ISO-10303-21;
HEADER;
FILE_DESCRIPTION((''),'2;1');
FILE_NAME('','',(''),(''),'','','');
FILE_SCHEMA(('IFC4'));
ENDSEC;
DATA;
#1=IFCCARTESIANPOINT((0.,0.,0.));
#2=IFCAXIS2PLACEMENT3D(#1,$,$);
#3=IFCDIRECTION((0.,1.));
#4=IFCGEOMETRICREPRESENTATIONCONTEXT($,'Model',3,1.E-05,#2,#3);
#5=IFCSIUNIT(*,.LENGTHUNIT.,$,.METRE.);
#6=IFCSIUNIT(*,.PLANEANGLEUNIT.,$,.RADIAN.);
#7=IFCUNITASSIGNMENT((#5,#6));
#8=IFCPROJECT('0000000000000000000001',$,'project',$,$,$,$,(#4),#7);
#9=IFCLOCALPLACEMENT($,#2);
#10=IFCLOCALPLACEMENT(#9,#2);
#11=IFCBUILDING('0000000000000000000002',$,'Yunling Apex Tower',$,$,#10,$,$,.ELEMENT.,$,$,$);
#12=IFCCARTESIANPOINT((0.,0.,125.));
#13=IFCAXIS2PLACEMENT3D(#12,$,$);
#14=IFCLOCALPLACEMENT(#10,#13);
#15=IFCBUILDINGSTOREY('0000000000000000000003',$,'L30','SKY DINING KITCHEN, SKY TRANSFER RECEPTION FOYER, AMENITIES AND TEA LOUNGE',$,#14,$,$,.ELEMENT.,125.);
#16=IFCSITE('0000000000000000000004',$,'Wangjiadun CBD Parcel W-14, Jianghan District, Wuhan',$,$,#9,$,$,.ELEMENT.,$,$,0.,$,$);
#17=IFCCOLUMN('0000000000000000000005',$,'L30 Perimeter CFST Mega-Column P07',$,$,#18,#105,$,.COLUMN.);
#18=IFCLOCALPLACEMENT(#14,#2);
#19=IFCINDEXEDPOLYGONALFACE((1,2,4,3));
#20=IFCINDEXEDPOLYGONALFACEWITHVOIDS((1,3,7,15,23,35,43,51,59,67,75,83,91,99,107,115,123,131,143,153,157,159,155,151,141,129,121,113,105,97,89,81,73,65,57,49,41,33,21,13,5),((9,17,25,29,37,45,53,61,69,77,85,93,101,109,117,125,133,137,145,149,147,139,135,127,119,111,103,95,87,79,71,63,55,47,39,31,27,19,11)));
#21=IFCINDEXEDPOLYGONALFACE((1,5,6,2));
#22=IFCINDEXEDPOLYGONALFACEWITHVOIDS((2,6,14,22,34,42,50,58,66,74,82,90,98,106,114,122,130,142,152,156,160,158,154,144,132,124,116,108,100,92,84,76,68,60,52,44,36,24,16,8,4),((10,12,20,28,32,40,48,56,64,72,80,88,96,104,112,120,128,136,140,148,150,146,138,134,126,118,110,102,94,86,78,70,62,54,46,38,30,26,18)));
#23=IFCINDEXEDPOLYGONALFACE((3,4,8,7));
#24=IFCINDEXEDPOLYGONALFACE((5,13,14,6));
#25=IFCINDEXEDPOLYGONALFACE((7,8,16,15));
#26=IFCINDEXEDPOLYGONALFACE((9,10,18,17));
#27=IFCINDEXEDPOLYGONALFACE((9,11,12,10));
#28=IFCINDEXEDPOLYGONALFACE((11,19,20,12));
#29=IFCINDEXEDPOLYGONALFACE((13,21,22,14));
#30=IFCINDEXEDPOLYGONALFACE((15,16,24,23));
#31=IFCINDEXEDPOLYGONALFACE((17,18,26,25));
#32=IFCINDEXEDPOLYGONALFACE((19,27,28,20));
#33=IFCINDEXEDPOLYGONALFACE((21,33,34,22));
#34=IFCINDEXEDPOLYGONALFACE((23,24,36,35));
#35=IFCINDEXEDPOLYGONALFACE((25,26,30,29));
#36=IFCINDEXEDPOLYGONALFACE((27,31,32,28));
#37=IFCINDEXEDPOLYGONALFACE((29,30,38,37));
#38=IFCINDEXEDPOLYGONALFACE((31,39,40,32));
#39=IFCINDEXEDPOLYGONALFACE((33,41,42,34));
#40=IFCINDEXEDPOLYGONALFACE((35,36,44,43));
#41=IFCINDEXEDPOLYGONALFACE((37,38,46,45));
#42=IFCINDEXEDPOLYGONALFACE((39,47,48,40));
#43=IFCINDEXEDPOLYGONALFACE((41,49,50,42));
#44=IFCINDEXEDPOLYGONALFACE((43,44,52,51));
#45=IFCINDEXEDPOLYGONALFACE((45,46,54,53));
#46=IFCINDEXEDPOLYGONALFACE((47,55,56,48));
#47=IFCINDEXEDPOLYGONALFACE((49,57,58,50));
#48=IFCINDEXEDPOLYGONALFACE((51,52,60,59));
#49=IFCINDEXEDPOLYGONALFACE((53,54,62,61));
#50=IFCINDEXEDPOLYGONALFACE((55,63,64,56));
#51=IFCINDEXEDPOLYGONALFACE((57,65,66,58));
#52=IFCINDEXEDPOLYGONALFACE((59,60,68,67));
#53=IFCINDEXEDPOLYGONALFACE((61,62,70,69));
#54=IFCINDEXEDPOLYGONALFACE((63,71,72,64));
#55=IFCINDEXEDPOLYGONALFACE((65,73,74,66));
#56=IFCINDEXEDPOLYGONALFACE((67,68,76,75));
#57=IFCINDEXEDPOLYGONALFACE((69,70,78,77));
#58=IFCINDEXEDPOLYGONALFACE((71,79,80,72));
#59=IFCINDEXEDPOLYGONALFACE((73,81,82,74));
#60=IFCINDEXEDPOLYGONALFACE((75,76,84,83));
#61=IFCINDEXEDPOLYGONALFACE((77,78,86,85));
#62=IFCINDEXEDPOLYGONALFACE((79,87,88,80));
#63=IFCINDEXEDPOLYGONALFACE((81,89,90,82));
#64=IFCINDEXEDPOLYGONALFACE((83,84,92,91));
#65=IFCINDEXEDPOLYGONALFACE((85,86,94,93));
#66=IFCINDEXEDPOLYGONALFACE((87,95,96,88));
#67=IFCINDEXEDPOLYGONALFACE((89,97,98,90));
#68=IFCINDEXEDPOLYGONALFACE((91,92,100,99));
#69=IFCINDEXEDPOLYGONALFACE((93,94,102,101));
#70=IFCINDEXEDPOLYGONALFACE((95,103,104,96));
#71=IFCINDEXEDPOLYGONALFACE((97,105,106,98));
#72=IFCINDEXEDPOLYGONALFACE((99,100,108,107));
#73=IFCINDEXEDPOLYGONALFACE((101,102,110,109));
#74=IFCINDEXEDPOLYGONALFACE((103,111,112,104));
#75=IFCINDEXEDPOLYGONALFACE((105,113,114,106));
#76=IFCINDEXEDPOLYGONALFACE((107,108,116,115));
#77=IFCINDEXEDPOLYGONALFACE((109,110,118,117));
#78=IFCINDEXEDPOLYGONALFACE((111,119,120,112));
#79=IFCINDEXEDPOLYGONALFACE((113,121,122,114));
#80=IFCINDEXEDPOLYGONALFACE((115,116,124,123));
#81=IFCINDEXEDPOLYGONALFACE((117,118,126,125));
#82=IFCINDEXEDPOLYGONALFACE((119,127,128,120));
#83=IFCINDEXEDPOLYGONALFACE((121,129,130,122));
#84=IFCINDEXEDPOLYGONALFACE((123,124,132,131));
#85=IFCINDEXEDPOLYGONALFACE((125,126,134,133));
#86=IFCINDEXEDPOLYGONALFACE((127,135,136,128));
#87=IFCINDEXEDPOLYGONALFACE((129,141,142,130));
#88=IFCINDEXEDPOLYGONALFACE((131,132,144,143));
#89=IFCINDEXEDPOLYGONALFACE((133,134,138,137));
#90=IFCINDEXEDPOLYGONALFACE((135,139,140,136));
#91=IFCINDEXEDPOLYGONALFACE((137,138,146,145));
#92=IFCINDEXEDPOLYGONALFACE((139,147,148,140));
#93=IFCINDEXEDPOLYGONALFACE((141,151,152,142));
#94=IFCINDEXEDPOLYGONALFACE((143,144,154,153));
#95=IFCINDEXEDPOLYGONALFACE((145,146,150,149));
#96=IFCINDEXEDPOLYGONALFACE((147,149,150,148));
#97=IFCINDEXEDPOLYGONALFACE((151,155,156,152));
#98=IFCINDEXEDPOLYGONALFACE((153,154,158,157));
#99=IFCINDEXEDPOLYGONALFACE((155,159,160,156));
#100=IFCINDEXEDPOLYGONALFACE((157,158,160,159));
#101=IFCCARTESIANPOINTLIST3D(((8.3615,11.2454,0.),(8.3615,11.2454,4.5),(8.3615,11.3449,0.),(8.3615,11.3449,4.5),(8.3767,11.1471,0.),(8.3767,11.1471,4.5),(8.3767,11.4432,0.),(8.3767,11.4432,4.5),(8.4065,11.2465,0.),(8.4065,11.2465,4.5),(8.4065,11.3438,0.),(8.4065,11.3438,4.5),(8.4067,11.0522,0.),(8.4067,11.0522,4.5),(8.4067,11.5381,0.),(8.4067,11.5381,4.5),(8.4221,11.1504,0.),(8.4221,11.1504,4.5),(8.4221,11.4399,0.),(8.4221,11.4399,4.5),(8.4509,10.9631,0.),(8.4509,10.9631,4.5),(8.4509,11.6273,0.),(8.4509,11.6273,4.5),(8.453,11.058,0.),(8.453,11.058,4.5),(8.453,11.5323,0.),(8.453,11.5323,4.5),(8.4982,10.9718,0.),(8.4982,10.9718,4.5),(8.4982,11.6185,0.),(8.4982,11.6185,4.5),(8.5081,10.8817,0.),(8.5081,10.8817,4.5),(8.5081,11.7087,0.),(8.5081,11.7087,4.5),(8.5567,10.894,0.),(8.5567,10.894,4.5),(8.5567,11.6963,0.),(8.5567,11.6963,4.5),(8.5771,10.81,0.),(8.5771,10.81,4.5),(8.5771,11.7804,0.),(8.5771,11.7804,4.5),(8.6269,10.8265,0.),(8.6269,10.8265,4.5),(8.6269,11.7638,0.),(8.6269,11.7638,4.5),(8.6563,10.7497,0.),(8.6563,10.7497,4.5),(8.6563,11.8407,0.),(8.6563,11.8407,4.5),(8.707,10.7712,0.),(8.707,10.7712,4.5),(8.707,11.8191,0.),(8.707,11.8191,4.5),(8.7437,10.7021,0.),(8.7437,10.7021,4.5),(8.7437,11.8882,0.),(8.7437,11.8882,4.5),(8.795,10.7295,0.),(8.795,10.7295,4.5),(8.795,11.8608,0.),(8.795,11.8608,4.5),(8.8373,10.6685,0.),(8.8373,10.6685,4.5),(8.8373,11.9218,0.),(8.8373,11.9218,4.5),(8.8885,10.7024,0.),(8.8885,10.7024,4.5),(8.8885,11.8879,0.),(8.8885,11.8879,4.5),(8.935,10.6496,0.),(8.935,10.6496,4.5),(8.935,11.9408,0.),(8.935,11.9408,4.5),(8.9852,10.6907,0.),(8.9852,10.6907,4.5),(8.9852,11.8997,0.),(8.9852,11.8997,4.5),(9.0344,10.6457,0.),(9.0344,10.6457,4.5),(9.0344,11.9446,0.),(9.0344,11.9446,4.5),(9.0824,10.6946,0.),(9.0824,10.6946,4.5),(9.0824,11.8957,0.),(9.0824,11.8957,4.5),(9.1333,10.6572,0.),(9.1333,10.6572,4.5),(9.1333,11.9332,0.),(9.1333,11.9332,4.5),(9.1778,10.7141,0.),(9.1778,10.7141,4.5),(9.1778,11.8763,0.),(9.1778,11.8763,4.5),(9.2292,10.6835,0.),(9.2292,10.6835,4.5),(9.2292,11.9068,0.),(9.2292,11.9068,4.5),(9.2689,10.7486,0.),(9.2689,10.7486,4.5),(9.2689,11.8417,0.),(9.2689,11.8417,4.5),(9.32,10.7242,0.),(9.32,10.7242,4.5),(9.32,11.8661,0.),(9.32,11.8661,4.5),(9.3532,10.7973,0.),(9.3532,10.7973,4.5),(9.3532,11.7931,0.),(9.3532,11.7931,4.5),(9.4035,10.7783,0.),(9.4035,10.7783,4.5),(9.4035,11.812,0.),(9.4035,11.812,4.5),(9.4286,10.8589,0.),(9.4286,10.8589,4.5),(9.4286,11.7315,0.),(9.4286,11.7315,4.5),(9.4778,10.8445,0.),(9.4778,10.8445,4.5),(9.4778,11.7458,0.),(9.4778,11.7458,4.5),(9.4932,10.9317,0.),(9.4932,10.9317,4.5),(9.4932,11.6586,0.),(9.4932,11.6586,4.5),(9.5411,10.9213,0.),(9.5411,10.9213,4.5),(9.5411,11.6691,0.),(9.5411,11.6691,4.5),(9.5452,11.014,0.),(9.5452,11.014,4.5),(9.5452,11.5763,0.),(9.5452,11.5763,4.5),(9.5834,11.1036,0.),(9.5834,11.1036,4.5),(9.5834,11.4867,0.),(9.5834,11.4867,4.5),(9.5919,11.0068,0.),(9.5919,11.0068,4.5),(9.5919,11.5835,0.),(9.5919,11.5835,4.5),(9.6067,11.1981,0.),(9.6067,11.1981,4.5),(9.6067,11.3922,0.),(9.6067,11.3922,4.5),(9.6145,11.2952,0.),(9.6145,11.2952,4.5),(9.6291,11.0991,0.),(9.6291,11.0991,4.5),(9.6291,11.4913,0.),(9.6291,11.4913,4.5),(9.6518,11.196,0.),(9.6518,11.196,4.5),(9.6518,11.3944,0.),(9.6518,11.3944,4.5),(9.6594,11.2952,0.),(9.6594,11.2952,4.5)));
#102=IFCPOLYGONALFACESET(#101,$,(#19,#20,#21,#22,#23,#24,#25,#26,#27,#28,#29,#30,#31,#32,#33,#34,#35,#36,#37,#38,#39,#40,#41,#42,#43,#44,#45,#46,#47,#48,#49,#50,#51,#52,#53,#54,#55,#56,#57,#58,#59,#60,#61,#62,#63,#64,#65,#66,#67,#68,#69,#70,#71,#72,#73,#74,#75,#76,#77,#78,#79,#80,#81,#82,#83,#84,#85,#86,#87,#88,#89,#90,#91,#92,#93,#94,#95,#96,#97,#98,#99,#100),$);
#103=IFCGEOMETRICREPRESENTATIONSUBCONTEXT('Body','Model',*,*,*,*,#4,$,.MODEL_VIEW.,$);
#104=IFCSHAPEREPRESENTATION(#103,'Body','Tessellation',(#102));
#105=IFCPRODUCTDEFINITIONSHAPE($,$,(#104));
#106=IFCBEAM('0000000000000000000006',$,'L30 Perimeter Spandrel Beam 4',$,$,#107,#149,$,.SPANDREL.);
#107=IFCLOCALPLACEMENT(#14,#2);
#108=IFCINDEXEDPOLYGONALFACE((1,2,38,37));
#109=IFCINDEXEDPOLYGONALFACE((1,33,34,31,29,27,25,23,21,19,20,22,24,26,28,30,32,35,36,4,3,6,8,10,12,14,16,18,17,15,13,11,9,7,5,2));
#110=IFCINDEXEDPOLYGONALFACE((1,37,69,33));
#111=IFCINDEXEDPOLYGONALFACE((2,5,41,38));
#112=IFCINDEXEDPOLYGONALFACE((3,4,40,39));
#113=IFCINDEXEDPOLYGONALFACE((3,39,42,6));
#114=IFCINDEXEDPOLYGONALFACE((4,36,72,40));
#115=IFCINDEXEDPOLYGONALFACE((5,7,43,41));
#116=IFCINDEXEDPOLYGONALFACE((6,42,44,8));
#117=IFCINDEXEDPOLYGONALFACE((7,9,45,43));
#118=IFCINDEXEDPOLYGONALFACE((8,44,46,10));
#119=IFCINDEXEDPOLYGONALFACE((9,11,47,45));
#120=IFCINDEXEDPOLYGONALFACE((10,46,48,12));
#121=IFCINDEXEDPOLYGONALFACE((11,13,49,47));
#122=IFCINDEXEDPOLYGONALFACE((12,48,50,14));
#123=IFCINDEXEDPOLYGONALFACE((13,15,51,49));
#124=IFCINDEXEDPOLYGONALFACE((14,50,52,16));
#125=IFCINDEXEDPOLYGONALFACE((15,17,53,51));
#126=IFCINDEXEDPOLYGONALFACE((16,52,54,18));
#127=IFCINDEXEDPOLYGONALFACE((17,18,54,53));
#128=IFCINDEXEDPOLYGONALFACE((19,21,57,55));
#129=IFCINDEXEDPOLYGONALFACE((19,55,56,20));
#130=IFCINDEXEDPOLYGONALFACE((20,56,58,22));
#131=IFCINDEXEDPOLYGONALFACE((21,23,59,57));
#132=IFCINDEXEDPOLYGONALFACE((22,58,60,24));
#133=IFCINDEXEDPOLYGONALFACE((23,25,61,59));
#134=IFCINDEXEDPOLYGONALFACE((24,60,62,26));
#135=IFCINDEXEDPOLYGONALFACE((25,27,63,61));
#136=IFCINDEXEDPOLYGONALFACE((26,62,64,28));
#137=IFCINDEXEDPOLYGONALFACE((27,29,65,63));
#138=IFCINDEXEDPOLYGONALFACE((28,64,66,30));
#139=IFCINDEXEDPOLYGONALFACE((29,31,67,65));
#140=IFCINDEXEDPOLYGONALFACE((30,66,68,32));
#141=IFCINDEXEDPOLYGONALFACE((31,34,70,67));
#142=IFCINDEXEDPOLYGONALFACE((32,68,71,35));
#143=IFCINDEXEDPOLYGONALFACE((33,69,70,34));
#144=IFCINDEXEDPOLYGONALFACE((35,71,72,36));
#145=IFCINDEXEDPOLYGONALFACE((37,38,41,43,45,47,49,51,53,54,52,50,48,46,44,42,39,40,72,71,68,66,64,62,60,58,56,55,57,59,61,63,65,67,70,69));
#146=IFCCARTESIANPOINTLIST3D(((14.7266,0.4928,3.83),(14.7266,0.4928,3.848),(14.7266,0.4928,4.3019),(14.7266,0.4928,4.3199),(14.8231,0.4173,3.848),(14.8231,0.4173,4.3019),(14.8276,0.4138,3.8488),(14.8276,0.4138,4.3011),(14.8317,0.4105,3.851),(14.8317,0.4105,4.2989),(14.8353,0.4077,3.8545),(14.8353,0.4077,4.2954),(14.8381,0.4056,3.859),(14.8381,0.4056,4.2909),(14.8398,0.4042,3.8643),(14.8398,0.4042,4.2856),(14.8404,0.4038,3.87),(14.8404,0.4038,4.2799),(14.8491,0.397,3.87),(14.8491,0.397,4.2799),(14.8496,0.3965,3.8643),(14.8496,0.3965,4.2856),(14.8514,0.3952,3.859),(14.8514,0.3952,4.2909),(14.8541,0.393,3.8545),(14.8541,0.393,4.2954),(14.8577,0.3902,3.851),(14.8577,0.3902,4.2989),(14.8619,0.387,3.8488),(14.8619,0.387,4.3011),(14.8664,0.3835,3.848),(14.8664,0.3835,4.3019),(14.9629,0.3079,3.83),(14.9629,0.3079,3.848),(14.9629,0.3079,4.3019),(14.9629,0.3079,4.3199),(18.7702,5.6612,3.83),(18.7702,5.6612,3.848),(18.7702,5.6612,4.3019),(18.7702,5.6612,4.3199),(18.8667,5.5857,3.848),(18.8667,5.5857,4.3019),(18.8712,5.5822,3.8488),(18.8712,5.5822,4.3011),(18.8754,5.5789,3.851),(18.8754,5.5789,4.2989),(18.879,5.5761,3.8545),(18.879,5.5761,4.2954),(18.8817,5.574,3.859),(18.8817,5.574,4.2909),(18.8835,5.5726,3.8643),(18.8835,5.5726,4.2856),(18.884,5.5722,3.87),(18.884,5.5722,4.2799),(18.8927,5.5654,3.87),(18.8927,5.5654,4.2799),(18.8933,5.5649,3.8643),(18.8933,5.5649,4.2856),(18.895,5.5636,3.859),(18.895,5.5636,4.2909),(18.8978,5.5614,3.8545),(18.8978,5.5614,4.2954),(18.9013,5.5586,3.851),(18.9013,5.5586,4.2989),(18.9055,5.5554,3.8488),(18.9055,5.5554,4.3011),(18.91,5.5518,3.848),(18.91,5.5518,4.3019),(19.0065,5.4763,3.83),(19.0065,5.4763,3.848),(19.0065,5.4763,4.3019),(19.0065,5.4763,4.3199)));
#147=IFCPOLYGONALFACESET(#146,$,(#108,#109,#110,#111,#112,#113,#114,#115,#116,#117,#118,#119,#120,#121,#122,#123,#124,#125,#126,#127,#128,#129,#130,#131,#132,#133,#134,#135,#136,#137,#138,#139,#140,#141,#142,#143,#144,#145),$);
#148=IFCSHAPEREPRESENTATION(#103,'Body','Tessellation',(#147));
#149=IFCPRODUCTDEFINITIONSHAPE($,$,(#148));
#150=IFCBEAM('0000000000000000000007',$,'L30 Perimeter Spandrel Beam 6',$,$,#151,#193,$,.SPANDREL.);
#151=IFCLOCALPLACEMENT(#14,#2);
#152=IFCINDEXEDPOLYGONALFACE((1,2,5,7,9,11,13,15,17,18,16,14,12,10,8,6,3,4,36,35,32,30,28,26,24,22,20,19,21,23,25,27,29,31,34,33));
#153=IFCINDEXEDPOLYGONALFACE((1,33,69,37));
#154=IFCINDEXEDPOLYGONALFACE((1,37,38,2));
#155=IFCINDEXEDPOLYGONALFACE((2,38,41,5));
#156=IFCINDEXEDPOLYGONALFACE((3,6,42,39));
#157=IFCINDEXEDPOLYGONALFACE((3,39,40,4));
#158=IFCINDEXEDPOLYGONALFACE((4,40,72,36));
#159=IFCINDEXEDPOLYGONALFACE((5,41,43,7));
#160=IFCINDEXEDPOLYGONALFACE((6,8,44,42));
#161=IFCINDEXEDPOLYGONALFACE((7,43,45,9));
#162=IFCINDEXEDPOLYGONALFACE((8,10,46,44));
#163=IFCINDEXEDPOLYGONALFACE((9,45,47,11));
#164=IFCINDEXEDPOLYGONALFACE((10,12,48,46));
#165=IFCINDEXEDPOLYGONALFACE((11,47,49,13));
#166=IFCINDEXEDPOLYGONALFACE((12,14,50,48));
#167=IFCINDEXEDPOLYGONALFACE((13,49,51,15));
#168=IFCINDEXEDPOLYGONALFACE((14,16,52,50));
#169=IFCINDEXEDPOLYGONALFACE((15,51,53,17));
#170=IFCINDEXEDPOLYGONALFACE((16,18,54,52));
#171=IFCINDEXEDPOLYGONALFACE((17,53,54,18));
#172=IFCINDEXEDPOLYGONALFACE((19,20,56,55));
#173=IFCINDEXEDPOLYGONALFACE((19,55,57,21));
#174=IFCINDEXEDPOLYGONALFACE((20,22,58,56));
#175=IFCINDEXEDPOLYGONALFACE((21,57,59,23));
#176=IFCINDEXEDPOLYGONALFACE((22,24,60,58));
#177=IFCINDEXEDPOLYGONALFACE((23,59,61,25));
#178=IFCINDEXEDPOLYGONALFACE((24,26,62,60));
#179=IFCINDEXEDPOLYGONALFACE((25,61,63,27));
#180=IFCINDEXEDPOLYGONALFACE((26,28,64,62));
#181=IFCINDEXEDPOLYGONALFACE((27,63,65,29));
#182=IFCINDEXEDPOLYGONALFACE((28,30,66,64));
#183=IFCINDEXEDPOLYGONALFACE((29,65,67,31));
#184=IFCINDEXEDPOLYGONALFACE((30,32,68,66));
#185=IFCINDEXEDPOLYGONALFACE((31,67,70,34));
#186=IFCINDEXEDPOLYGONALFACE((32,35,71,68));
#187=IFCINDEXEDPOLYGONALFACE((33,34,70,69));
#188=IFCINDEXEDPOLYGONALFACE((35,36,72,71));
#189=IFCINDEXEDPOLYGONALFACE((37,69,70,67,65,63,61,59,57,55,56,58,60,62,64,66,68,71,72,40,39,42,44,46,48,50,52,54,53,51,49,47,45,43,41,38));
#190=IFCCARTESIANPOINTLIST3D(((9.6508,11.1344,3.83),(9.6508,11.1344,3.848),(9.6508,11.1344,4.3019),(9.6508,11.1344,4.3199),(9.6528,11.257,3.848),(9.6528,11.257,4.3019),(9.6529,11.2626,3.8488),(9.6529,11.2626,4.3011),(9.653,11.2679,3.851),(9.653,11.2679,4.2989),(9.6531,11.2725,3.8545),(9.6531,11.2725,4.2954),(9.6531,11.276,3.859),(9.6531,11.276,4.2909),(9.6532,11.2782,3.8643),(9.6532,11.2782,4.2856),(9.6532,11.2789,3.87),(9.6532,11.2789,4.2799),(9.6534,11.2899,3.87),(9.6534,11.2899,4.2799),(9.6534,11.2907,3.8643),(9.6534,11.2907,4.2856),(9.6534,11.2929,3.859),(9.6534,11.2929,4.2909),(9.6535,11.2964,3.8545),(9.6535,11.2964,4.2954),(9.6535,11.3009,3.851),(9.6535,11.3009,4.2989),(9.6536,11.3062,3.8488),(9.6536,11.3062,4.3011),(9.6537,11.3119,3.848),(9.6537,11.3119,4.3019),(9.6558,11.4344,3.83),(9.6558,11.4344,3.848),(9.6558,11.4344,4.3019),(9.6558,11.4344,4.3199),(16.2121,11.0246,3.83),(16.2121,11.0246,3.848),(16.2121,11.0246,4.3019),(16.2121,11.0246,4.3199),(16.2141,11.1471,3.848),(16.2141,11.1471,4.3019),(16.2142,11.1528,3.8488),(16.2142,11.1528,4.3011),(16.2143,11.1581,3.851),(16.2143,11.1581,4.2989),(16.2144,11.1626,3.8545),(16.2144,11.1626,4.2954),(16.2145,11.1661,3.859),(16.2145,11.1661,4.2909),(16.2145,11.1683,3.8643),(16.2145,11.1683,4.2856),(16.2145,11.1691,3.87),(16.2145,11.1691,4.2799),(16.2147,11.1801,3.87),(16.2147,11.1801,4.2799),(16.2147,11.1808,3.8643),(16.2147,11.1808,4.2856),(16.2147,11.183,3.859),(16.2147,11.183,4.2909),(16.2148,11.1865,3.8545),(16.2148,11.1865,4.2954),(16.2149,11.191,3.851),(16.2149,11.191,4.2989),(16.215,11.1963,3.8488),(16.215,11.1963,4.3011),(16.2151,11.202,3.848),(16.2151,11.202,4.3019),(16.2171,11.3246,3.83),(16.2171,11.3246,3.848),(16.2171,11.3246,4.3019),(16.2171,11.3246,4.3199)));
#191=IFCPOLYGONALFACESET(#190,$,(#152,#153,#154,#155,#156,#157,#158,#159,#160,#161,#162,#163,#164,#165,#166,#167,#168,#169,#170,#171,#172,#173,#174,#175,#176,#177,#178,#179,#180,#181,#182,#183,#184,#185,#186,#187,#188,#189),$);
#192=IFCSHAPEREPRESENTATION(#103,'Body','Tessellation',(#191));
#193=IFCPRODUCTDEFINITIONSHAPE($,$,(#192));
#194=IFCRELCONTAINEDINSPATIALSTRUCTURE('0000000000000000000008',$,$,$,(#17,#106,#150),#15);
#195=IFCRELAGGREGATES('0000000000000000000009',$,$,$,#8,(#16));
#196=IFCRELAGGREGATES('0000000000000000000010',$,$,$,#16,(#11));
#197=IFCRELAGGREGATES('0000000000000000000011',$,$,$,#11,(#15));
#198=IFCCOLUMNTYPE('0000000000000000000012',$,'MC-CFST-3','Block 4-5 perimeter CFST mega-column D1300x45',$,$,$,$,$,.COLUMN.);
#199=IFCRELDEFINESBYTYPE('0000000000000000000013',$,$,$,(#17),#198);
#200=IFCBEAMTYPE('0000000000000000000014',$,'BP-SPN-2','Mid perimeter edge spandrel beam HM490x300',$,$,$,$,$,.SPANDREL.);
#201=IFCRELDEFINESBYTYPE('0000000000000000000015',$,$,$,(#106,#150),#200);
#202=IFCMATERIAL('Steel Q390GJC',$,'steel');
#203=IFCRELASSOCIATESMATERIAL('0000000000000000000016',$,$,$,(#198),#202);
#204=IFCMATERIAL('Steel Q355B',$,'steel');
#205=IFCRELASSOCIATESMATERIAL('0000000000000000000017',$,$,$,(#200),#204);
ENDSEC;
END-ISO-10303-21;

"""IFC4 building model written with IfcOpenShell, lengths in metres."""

from ifc_helpers import new_model, si_unit, direction, frame, origin, origin_2d, place, context, subcontext, project, spatial, hollow_circle, i_section, extrude, source, transform, mapped, material, material_profile, profile_set, type_object, element, save


model = new_model("IFC4")

# Units and contexts
model_context = context("Model", 3, precision=1e-05, world=origin(), true_north=direction((0.0, 1.0)))
body_context = subcontext(model_context, "Body", "Model", "MODEL_VIEW")
ifc_project = project(units=[si_unit("LENGTHUNIT", "METRE"), si_unit("PLANEANGLEUNIT", "RADIAN")], contexts=[model_context])

# Site, building, storey
site_placement = place(None, origin())
site = spatial("IfcSite", under=ifc_project, at=site_placement, Name="Wangjiadun CBD Parcel W-14, Jianghan District, Wuhan", CompositionType="ELEMENT", RefElevation=0.0)
building_placement = place(site_placement, origin())
building = spatial("IfcBuilding", under=site, at=building_placement, Name="Yunling Apex Tower", CompositionType="ELEMENT")
storey_placement = place(building_placement, frame((0.0, 0.0, 125.0)))
storey = spatial("IfcBuildingStorey", under=building, at=storey_placement, Name="L30", Description="SKY DINING KITCHEN, SKY TRANSFER RECEPTION FOYER, AMENITIES AND TEA LOUNGE", CompositionType="ELEMENT", Elevation=125.0)

# Column
ifc_material_1 = material(Name="Steel Q390GJC", Category="steel")
ifc_material_profile_1 = material_profile(ifc_material_1, hollow_circle(Radius=0.6499, WallThickness=0.0449, at=origin_2d()))
ifc_profile_set_1 = profile_set([ifc_material_profile_1], Name="Steel Q390GJC")
column_type_1 = type_object("IfcColumnType", Name="MC-CFST-3", Description="Block 4-5 perimeter CFST mega-column D1300x45", PredefinedType="COLUMN", material=ifc_profile_set_1)
shared_shape_1 = source(origin(), body_context, "Body", "SweptSolid", [
    extrude(hollow_circle(Radius=0.6499, WallThickness=0.0449, at=origin_2d()), origin(), (0.0, 0.0, 1.0), 4.5),
])
for number, where, z_axis, x_axis, name in (
    (1, (9.0095, 11.2952, 0.0), (0.0, 0.0, 1.0), (1.0, 0.0, 0.0), "L30 Perimeter CFST Mega-Column P07"),
):
    element("IfcColumn", number, at=place(storey_placement, frame(where, z_axis=z_axis, x_axis=x_axis)), inside=storey, type_object=column_type_1, Name=name, PredefinedType="COLUMN", context=body_context, shape_type="MappedRepresentation", body=[
        mapped(shared_shape_1, transform((0.0, 0.0, 0.0), scale=1.0)),
    ])

# Beams
ifc_material_2 = material(Name="Steel Q355B", Category="steel")
ifc_material_profile_2 = material_profile(ifc_material_2, i_section(OverallWidth=0.3, OverallDepth=0.49, WebThickness=0.011, FlangeThickness=0.0181, FilletRadius=0.022, at=origin_2d()))
ifc_profile_set_2 = profile_set([ifc_material_profile_2], Name="Steel Q355B")
beam_type_1 = type_object("IfcBeamType", Name="BP-SPN-2", Description="Mid perimeter edge spandrel beam HM490x300", PredefinedType="SPANDREL", material=ifc_profile_set_2)
shared_shape_2 = source(origin(), body_context, "Body", "SweptSolid", [
    extrude(i_section(OverallWidth=0.3, OverallDepth=0.49, WebThickness=0.011, FlangeThickness=0.0181, FilletRadius=0.022, at=origin_2d()), origin(), (0.0, 0.0, 1.0), 6.5623),
])
for number, where, z_axis, x_axis, name in (
    (2, (14.8447, 0.4004, 4.075), (0.616197, 0.787592, 0.0), (-0.787592, 0.616197, 0.0), "L30 Perimeter Spandrel Beam 4"),
    (3, (16.2146, 11.1746, 4.075), (-0.99986, 0.016742, 0.0), (-0.016742, -0.99986, 0.0), "L30 Perimeter Spandrel Beam 6"),
):
    element("IfcBeam", number, at=place(storey_placement, frame(where, z_axis=z_axis, x_axis=x_axis)), inside=storey, type_object=beam_type_1, Name=name, PredefinedType="SPANDREL", context=body_context, shape_type="MappedRepresentation", body=[
        mapped(shared_shape_2, transform((0.0, 0.0, 0.0), scale=1.0)),
    ])

save(model, "model.ifc")
